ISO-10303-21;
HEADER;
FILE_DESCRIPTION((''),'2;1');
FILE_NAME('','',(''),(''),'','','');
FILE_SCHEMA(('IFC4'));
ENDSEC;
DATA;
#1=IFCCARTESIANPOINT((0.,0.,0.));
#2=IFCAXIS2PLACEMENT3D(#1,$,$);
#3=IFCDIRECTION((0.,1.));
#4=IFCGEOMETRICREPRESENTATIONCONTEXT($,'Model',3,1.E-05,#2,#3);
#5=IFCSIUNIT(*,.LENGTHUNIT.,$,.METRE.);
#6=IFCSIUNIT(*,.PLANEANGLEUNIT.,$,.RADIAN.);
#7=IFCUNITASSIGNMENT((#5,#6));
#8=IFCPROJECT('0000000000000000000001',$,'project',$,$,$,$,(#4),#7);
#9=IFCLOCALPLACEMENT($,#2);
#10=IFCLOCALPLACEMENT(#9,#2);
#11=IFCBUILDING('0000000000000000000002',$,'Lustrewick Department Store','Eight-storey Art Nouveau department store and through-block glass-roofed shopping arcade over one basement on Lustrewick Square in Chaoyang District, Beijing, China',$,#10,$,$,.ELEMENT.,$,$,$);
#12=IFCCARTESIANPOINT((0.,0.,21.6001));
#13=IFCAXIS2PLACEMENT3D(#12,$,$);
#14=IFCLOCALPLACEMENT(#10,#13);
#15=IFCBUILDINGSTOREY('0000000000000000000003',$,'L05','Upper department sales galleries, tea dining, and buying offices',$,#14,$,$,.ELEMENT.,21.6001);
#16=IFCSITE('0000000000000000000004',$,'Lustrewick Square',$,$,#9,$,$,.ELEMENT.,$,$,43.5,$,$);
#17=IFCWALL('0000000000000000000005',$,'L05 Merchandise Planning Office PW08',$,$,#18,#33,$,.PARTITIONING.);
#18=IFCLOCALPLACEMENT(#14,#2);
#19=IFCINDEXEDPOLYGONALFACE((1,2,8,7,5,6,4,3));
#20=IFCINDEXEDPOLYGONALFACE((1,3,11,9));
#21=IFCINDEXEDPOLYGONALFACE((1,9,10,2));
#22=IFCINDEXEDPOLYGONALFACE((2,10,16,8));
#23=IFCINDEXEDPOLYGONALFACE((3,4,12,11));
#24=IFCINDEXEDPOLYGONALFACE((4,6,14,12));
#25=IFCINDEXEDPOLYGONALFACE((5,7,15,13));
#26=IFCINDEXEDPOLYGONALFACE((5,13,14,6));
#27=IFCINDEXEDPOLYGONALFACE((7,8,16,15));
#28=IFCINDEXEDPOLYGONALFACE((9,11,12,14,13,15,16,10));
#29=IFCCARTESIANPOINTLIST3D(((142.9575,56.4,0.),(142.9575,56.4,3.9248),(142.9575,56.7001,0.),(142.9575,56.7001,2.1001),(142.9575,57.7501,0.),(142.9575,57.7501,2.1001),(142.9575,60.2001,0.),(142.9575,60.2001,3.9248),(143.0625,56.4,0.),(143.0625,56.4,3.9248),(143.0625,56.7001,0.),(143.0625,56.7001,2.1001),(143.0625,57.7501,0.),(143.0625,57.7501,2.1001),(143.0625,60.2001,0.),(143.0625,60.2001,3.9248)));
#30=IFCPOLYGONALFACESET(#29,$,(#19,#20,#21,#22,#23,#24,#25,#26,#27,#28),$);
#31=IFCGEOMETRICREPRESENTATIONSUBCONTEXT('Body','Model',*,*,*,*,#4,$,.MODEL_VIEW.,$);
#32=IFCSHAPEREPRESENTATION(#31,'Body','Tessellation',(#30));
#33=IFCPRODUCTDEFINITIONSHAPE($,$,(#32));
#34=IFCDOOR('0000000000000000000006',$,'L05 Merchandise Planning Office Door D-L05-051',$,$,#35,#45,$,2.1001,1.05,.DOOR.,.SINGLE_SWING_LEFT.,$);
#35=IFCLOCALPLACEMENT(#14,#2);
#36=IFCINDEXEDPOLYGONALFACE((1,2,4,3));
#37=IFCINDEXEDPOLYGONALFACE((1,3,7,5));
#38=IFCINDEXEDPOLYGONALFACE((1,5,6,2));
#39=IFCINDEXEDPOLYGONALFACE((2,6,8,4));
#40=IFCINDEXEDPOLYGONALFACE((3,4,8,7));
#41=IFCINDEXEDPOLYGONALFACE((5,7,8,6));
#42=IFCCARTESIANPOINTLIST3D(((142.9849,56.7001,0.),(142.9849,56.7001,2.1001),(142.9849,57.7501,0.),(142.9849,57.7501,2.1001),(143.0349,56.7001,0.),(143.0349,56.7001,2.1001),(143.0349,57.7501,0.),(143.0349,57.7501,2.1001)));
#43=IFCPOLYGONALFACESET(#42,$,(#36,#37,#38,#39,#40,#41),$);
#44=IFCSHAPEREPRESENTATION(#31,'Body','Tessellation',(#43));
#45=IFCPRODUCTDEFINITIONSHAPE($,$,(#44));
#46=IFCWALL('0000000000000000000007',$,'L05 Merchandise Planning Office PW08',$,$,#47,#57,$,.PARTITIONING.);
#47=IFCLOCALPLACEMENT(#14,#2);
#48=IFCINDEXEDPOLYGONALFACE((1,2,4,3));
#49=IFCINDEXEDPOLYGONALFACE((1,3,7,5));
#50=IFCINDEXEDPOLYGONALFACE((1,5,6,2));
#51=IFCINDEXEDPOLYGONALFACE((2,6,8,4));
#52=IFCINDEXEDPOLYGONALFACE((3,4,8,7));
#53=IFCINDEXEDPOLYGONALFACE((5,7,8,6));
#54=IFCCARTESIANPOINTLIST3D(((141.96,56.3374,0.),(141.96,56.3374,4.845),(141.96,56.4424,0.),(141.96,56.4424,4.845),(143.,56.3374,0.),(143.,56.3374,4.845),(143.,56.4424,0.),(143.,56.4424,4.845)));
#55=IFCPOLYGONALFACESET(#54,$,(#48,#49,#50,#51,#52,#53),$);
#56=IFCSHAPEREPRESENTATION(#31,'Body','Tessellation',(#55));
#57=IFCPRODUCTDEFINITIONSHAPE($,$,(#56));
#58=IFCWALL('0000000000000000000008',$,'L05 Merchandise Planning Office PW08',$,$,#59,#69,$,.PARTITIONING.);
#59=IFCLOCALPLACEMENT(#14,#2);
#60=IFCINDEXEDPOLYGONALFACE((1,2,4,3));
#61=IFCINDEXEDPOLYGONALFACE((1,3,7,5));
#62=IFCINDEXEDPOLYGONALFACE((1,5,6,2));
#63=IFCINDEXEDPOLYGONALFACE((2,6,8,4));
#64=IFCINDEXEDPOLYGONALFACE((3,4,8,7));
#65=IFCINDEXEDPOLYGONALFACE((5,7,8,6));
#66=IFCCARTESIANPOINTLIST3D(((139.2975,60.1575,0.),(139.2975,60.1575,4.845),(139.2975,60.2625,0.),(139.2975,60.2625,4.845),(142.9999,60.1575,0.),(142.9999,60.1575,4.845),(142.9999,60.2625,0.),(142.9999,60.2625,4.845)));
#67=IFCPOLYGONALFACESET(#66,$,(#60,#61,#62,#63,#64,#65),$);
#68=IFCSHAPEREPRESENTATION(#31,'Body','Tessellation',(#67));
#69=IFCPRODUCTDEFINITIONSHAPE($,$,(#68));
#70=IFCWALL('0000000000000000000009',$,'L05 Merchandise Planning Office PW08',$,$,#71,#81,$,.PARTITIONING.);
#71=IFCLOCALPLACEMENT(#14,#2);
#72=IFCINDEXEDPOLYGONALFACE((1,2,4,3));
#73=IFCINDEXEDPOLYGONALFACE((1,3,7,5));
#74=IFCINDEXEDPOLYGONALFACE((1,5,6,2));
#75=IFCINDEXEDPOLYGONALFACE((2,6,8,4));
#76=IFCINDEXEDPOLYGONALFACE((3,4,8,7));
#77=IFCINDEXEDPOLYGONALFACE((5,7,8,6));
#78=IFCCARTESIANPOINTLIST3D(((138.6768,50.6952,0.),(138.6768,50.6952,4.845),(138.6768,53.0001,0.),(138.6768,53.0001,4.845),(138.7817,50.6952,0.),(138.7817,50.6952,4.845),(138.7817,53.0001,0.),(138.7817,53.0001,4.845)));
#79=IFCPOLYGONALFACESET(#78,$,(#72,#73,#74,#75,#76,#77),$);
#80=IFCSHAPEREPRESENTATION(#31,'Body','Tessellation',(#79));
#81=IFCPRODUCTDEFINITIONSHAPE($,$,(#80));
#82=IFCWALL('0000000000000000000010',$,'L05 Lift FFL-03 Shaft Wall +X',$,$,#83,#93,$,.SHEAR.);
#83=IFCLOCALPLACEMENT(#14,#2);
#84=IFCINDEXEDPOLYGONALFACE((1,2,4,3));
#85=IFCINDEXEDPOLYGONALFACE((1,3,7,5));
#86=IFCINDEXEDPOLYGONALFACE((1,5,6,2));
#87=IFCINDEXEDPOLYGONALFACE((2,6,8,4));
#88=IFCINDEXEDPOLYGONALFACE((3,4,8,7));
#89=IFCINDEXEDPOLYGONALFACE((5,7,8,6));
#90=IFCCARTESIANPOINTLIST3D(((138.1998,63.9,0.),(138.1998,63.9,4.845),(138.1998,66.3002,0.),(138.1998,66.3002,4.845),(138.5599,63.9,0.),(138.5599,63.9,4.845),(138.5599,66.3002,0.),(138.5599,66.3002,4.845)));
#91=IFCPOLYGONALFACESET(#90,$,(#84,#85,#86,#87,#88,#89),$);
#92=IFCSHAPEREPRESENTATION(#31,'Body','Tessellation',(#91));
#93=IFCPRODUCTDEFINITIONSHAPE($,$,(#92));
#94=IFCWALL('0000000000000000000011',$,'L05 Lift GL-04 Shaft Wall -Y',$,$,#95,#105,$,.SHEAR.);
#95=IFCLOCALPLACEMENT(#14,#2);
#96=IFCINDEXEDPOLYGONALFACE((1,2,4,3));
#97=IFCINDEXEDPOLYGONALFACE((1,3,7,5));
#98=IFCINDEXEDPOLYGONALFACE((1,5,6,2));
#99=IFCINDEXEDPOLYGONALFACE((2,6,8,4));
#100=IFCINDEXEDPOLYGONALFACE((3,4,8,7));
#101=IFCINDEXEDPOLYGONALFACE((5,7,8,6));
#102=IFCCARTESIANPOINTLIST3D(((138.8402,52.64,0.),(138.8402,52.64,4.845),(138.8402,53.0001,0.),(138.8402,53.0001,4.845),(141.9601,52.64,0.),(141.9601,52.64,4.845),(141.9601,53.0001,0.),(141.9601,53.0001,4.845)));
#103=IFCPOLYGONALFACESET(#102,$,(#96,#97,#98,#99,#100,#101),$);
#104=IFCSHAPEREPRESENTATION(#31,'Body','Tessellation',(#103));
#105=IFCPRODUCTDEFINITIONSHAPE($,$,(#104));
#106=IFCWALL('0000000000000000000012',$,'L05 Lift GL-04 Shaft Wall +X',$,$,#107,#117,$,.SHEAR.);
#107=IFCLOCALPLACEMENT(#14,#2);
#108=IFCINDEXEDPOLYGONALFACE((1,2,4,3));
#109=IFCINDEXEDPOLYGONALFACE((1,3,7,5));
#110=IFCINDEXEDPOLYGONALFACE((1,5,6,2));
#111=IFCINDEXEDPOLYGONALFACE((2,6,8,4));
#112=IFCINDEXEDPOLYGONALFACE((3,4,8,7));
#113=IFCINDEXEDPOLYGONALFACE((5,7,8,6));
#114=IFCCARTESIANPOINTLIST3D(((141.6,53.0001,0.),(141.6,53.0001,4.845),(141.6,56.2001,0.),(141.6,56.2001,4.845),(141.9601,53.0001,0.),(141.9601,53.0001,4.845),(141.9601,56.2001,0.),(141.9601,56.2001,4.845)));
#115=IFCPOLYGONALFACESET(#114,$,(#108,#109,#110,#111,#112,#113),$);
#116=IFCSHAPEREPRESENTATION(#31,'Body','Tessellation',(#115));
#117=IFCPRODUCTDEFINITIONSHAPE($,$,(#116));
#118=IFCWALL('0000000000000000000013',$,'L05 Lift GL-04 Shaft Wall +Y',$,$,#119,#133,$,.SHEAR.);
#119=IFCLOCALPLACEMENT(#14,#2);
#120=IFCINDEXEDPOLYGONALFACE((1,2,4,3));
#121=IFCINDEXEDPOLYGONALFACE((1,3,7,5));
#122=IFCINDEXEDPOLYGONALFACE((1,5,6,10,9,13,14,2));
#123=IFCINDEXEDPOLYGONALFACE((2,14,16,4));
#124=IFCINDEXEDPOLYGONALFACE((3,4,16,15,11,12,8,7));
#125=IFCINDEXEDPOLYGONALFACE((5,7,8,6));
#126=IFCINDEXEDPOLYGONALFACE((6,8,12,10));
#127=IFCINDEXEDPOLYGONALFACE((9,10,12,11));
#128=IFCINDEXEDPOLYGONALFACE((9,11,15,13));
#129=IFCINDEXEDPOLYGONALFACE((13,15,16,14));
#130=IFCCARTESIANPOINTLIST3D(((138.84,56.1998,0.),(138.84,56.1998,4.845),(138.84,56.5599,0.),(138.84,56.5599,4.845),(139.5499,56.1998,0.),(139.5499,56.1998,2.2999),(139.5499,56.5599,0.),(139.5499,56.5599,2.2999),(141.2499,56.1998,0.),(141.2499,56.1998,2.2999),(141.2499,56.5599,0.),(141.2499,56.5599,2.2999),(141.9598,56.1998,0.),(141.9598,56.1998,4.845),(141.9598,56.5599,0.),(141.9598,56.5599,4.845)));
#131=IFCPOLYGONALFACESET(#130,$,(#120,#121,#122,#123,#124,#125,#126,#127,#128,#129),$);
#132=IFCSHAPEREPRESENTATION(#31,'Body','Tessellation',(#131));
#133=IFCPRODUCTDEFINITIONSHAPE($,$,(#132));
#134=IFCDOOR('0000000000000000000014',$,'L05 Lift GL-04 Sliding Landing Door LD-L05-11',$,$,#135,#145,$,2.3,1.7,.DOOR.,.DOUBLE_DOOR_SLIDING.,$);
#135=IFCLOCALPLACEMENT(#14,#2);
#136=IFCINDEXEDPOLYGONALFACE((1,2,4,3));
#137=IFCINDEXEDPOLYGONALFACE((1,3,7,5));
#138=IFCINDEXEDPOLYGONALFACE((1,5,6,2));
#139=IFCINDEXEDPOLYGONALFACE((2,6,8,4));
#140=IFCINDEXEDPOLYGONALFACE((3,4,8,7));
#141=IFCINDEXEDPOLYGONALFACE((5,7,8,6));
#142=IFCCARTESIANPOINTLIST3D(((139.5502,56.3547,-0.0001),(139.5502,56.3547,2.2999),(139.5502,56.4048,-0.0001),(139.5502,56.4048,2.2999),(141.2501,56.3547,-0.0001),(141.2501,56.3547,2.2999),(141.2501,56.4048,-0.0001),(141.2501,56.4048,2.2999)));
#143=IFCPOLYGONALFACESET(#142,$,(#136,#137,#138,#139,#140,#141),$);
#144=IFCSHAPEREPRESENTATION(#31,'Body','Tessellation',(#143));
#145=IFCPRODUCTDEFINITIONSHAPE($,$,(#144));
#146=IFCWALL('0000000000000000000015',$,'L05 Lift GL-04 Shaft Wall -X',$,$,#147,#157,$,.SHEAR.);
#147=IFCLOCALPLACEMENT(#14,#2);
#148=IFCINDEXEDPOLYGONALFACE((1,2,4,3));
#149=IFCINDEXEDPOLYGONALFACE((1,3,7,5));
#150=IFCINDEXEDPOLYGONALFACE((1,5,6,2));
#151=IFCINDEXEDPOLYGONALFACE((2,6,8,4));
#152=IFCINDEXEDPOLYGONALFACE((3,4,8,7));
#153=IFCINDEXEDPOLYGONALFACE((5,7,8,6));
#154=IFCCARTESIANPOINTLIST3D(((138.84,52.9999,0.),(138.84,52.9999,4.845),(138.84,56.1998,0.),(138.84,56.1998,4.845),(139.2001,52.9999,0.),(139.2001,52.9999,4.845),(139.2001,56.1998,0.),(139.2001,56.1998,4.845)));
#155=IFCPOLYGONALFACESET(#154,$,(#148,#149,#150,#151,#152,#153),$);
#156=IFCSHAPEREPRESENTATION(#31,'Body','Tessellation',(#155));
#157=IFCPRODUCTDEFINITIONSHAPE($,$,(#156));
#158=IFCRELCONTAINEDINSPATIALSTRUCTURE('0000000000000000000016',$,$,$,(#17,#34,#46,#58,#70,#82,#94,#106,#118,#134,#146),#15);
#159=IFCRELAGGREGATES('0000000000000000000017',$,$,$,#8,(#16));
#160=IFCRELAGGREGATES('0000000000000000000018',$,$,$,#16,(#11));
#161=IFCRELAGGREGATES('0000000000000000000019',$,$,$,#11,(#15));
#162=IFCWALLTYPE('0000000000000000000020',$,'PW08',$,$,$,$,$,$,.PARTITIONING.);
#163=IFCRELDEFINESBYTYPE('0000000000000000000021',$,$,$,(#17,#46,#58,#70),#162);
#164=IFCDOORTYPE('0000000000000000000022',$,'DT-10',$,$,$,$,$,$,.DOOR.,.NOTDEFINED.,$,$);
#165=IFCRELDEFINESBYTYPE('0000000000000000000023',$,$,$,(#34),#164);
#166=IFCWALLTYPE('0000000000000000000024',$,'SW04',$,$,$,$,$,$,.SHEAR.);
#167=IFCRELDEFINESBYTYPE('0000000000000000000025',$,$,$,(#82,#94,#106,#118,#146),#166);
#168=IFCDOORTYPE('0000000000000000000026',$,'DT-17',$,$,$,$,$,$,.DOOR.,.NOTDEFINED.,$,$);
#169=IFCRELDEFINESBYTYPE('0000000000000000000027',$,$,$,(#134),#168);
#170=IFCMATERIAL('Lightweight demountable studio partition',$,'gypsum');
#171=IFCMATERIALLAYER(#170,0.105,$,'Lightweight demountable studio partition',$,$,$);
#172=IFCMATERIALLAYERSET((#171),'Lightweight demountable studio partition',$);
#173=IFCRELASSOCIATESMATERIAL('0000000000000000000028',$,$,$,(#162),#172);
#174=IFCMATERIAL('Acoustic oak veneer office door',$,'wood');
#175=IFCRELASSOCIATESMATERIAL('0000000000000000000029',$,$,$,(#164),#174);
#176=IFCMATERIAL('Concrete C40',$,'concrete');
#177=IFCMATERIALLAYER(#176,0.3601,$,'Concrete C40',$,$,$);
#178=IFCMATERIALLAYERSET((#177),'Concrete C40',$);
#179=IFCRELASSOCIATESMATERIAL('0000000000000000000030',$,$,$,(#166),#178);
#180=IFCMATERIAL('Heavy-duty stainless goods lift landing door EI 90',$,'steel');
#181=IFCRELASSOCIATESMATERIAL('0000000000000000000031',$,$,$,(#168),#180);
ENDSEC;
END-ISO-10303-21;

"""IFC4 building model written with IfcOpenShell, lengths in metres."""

from ifc_helpers import new_model, si_unit, direction, frame, frame_2d, origin, place, context, subcontext, project, spatial, rectangle, extrude, material, layer, layer_set, type_object, element, fill, save


model = new_model("IFC4")

# Units and contexts
model_context = context("Model", 3, precision=1e-05, world=origin(), true_north=direction((0.0, 1.0)))
body_context = subcontext(model_context, "Body", "Model", "MODEL_VIEW")
ifc_project = project(units=[si_unit("LENGTHUNIT", "METRE"), si_unit("PLANEANGLEUNIT", "RADIAN")], contexts=[model_context])

# Site, building, storey
site_placement = place(None, origin())
site = spatial("IfcSite", under=ifc_project, at=site_placement, Name="Lustrewick Square", CompositionType="ELEMENT", RefElevation=43.5)
building_placement = place(site_placement, origin())
building = spatial("IfcBuilding", under=site, at=building_placement, Name="Lustrewick Department Store", Description="Eight-storey Art Nouveau department store and through-block glass-roofed shopping arcade over one basement on Lustrewick Square in Chaoyang District, Beijing, China", CompositionType="ELEMENT")
storey_placement = place(building_placement, frame((0.0, 0.0, 21.6001)))
storey = spatial("IfcBuildingStorey", under=building, at=storey_placement, Name="L05", Description="Upper department sales galleries, tea dining, and buying offices", CompositionType="ELEMENT", Elevation=21.6001)

# Shared definitions
ifc_material_1 = material(Name="Lightweight demountable studio partition", Category="gypsum")
ifc_layer_1 = layer(ifc_material_1, 0.105, Name="Lightweight demountable studio partition")
ifc_layer_set_1 = layer_set([ifc_layer_1], Name="Lightweight demountable studio partition")
wall_type_1 = type_object("IfcWallType", Name="PW08", PredefinedType="PARTITIONING", material=ifc_layer_set_1)

# Wall, opening, door
wall_1_placement = place(storey_placement, frame((143.01, 60.2, 0.0), z_axis=(0.0, 0.0, 1.0), x_axis=(0.0, -1.0, 0.0)))
wall_1 = element("IfcWall", 1, at=wall_1_placement, inside=storey, type_object=wall_type_1, Name="L05 Merchandise Planning Office PW08", PredefinedType="PARTITIONING", context=body_context, shape_type="SweptSolid", body=[
    extrude(rectangle(XDim=3.8, YDim=0.105, at=frame_2d((1.8999, 0.0))), origin(), (0.0, 0.0, 1.0), 3.9248),
])
opening_1_placement = place(wall_1_placement, frame((2.45, 0.0, 0.0)))
opening_1 = element("IfcOpeningElement", 2, at=opening_1_placement, cuts=wall_1, PredefinedType="OPENING", context=body_context, shape_type="SweptSolid", body=[
    extrude(rectangle(XDim=1.05, YDim=2.1001, at=frame_2d((0.5249, 1.05))), frame((0.0, 0.0625, 0.0), z_axis=(0.0, -1.0, 0.0), x_axis=(1.0, 0.0, 0.0)), (0.0, 0.0, 1.0), 0.125),
])
ifc_material_2 = material(Name="Acoustic oak veneer office door", Category="wood")
door_type_1 = type_object("IfcDoorType", Name="DT-10", OperationType="NOTDEFINED", PredefinedType="DOOR", material=ifc_material_2)
door_1_placement = place(opening_1_placement, origin())
door_1 = element("IfcDoor", 3, at=door_1_placement, inside=storey, type_object=door_type_1, Name="L05 Merchandise Planning Office Door D-L05-051", OperationType="SINGLE_SWING_LEFT", OverallHeight=2.1001, OverallWidth=1.05, PredefinedType="DOOR", context=body_context, shape_type="SweptSolid", body=[
    extrude(rectangle(XDim=1.05, YDim=2.1001, at=frame_2d((0.5249, 1.05))), frame((0.0, 0.0249, 0.0), z_axis=(0.0, -1.0, 0.0), x_axis=(1.0, 0.0, 0.0)), (0.0, 0.0, 1.0), 0.05),
])
fill(opening_1, door_1)

# Walls
wall_2_placement = place(storey_placement, frame((143.0, 56.3899, 0.0), z_axis=(0.0, 0.0, 1.0), x_axis=(-1.0, 0.0, 0.0)))
element("IfcWall", 4, at=wall_2_placement, inside=storey, type_object=wall_type_1, Name="L05 Merchandise Planning Office PW08", PredefinedType="PARTITIONING", context=body_context, shape_type="SweptSolid", body=[
    extrude(rectangle(XDim=1.04, YDim=0.105, at=frame_2d((0.52, 0.0))), origin(), (0.0, 0.0, 1.0), 4.845),
])
wall_3_placement = place(storey_placement, frame((139.2976, 60.21, 0.0), z_axis=(0.0, 0.0, 1.0), x_axis=(1.0, 0.0, 0.0)))
element("IfcWall", 5, at=wall_3_placement, inside=storey, type_object=wall_type_1, Name="L05 Merchandise Planning Office PW08", PredefinedType="PARTITIONING", context=body_context, shape_type="SweptSolid", body=[
    extrude(rectangle(XDim=3.7024, YDim=0.105, at=frame_2d((1.8511, 0.0))), origin(), (0.0, 0.0, 1.0), 4.845),
])
wall_4_placement = place(storey_placement, frame((138.7292, 53.0, 0.0), z_axis=(0.0, 0.0, 1.0), x_axis=(0.0, -1.0, 0.0)))
element("IfcWall", 6, at=wall_4_placement, inside=storey, type_object=wall_type_1, Name="L05 Merchandise Planning Office PW08", PredefinedType="PARTITIONING", context=body_context, shape_type="SweptSolid", body=[
    extrude(rectangle(XDim=2.3049, YDim=0.105, at=frame_2d((1.1523, 0.0))), origin(), (0.0, 0.0, 1.0), 4.845),
])
ifc_material_3 = material(Name="Concrete C40", Category="concrete")
ifc_layer_2 = layer(ifc_material_3, 0.3601, Name="Concrete C40")
ifc_layer_set_2 = layer_set([ifc_layer_2], Name="Concrete C40")
wall_type_2 = type_object("IfcWallType", Name="SW04", PredefinedType="SHEAR", material=ifc_layer_set_2)
wall_5_placement = place(storey_placement, frame((138.3799, 63.8999, 0.0), z_axis=(0.0, 0.0, 1.0), x_axis=(0.0, 1.0, 0.0)))
element("IfcWall", 7, at=wall_5_placement, inside=storey, type_object=wall_type_2, Name="L05 Lift FFL-03 Shaft Wall +X", PredefinedType="SHEAR", context=body_context, shape_type="SweptSolid", body=[
    extrude(rectangle(XDim=2.4001, YDim=0.3601, at=frame_2d((1.2002, 0.0))), origin(), (0.0, 0.0, 1.0), 4.845),
])
wall_6_placement = place(storey_placement, frame((138.8401, 52.8201, 0.0), z_axis=(0.0, 0.0, 1.0), x_axis=(1.0, 0.0, 0.0)))
element("IfcWall", 8, at=wall_6_placement, inside=storey, type_object=wall_type_2, Name="L05 Lift GL-04 Shaft Wall -Y", PredefinedType="SHEAR", context=body_context, shape_type="SweptSolid", body=[
    extrude(rectangle(XDim=3.1199, YDim=0.3601, at=frame_2d((1.5601, 0.0))), origin(), (0.0, 0.0, 1.0), 4.845),
])
wall_7_placement = place(storey_placement, frame((141.78, 53.0, 0.0), z_axis=(0.0, 0.0, 1.0), x_axis=(0.0, 1.0, 0.0)))
element("IfcWall", 9, at=wall_7_placement, inside=storey, type_object=wall_type_2, Name="L05 Lift GL-04 Shaft Wall +X", PredefinedType="SHEAR", context=body_context, shape_type="SweptSolid", body=[
    extrude(rectangle(XDim=3.2, YDim=0.3601, at=frame_2d((1.6001, 0.0))), origin(), (0.0, 0.0, 1.0), 4.845),
])

# Wall, opening, door
wall_8_placement = place(storey_placement, frame((141.96, 56.3799, 0.0), z_axis=(0.0, 0.0, 1.0), x_axis=(-1.0, 0.0, 0.0)))
wall_8 = element("IfcWall", 10, at=wall_8_placement, inside=storey, type_object=wall_type_2, Name="L05 Lift GL-04 Shaft Wall +Y", PredefinedType="SHEAR", context=body_context, shape_type="SweptSolid", body=[
    extrude(rectangle(XDim=3.1199, YDim=0.3601, at=frame_2d((1.5601, 0.0))), origin(), (0.0, 0.0, 1.0), 4.845),
])
opening_2_placement = place(wall_8_placement, frame((0.71, 0.0, 0.0)))
opening_2 = element("IfcOpeningElement", 11, at=opening_2_placement, cuts=wall_8, PredefinedType="OPENING", context=body_context, shape_type="SweptSolid", body=[
    extrude(rectangle(XDim=1.7, YDim=2.3, at=frame_2d((0.8501, 1.1499))), frame((0.0, 0.1899, 0.0), z_axis=(0.0, -1.0, 0.0), x_axis=(1.0, 0.0, 0.0)), (0.0, 0.0, 1.0), 0.3801),
])
ifc_material_4 = material(Name="Heavy-duty stainless goods lift landing door EI 90", Category="steel")
door_type_2 = type_object("IfcDoorType", Name="DT-17", OperationType="NOTDEFINED", PredefinedType="DOOR", material=ifc_material_4)
door_2_placement = place(opening_2_placement, frame((1.7, 0.0, 0.0), z_axis=(0.0, 0.0, 1.0), x_axis=(-1.0, 0.0, 0.0)))
door_2 = element("IfcDoor", 12, at=door_2_placement, inside=storey, type_object=door_type_2, Name="L05 Lift GL-04 Sliding Landing Door LD-L05-11", OperationType="DOUBLE_DOOR_SLIDING", OverallHeight=2.3, OverallWidth=1.7, PredefinedType="DOOR", context=body_context, shape_type="SweptSolid", body=[
    extrude(rectangle(XDim=1.7, YDim=2.3, at=frame_2d((0.8501, 1.1499))), frame((0.0, 0.0249, 0.0), z_axis=(0.0, -1.0, 0.0), x_axis=(1.0, 0.0, 0.0)), (0.0, 0.0, 1.0), 0.05),
])
fill(opening_2, door_2)

# Wall
wall_9_placement = place(storey_placement, frame((139.02, 56.2, 0.0), z_axis=(0.0, 0.0, 1.0), x_axis=(0.0, -1.0, 0.0)))
element("IfcWall", 13, at=wall_9_placement, inside=storey, type_object=wall_type_2, Name="L05 Lift GL-04 Shaft Wall -X", PredefinedType="SHEAR", context=body_context, shape_type="SweptSolid", body=[
    extrude(rectangle(XDim=3.2, YDim=0.3601, at=frame_2d((1.6001, 0.0))), origin(), (0.0, 0.0, 1.0), 4.845),
])

save(model, "model.ifc")
